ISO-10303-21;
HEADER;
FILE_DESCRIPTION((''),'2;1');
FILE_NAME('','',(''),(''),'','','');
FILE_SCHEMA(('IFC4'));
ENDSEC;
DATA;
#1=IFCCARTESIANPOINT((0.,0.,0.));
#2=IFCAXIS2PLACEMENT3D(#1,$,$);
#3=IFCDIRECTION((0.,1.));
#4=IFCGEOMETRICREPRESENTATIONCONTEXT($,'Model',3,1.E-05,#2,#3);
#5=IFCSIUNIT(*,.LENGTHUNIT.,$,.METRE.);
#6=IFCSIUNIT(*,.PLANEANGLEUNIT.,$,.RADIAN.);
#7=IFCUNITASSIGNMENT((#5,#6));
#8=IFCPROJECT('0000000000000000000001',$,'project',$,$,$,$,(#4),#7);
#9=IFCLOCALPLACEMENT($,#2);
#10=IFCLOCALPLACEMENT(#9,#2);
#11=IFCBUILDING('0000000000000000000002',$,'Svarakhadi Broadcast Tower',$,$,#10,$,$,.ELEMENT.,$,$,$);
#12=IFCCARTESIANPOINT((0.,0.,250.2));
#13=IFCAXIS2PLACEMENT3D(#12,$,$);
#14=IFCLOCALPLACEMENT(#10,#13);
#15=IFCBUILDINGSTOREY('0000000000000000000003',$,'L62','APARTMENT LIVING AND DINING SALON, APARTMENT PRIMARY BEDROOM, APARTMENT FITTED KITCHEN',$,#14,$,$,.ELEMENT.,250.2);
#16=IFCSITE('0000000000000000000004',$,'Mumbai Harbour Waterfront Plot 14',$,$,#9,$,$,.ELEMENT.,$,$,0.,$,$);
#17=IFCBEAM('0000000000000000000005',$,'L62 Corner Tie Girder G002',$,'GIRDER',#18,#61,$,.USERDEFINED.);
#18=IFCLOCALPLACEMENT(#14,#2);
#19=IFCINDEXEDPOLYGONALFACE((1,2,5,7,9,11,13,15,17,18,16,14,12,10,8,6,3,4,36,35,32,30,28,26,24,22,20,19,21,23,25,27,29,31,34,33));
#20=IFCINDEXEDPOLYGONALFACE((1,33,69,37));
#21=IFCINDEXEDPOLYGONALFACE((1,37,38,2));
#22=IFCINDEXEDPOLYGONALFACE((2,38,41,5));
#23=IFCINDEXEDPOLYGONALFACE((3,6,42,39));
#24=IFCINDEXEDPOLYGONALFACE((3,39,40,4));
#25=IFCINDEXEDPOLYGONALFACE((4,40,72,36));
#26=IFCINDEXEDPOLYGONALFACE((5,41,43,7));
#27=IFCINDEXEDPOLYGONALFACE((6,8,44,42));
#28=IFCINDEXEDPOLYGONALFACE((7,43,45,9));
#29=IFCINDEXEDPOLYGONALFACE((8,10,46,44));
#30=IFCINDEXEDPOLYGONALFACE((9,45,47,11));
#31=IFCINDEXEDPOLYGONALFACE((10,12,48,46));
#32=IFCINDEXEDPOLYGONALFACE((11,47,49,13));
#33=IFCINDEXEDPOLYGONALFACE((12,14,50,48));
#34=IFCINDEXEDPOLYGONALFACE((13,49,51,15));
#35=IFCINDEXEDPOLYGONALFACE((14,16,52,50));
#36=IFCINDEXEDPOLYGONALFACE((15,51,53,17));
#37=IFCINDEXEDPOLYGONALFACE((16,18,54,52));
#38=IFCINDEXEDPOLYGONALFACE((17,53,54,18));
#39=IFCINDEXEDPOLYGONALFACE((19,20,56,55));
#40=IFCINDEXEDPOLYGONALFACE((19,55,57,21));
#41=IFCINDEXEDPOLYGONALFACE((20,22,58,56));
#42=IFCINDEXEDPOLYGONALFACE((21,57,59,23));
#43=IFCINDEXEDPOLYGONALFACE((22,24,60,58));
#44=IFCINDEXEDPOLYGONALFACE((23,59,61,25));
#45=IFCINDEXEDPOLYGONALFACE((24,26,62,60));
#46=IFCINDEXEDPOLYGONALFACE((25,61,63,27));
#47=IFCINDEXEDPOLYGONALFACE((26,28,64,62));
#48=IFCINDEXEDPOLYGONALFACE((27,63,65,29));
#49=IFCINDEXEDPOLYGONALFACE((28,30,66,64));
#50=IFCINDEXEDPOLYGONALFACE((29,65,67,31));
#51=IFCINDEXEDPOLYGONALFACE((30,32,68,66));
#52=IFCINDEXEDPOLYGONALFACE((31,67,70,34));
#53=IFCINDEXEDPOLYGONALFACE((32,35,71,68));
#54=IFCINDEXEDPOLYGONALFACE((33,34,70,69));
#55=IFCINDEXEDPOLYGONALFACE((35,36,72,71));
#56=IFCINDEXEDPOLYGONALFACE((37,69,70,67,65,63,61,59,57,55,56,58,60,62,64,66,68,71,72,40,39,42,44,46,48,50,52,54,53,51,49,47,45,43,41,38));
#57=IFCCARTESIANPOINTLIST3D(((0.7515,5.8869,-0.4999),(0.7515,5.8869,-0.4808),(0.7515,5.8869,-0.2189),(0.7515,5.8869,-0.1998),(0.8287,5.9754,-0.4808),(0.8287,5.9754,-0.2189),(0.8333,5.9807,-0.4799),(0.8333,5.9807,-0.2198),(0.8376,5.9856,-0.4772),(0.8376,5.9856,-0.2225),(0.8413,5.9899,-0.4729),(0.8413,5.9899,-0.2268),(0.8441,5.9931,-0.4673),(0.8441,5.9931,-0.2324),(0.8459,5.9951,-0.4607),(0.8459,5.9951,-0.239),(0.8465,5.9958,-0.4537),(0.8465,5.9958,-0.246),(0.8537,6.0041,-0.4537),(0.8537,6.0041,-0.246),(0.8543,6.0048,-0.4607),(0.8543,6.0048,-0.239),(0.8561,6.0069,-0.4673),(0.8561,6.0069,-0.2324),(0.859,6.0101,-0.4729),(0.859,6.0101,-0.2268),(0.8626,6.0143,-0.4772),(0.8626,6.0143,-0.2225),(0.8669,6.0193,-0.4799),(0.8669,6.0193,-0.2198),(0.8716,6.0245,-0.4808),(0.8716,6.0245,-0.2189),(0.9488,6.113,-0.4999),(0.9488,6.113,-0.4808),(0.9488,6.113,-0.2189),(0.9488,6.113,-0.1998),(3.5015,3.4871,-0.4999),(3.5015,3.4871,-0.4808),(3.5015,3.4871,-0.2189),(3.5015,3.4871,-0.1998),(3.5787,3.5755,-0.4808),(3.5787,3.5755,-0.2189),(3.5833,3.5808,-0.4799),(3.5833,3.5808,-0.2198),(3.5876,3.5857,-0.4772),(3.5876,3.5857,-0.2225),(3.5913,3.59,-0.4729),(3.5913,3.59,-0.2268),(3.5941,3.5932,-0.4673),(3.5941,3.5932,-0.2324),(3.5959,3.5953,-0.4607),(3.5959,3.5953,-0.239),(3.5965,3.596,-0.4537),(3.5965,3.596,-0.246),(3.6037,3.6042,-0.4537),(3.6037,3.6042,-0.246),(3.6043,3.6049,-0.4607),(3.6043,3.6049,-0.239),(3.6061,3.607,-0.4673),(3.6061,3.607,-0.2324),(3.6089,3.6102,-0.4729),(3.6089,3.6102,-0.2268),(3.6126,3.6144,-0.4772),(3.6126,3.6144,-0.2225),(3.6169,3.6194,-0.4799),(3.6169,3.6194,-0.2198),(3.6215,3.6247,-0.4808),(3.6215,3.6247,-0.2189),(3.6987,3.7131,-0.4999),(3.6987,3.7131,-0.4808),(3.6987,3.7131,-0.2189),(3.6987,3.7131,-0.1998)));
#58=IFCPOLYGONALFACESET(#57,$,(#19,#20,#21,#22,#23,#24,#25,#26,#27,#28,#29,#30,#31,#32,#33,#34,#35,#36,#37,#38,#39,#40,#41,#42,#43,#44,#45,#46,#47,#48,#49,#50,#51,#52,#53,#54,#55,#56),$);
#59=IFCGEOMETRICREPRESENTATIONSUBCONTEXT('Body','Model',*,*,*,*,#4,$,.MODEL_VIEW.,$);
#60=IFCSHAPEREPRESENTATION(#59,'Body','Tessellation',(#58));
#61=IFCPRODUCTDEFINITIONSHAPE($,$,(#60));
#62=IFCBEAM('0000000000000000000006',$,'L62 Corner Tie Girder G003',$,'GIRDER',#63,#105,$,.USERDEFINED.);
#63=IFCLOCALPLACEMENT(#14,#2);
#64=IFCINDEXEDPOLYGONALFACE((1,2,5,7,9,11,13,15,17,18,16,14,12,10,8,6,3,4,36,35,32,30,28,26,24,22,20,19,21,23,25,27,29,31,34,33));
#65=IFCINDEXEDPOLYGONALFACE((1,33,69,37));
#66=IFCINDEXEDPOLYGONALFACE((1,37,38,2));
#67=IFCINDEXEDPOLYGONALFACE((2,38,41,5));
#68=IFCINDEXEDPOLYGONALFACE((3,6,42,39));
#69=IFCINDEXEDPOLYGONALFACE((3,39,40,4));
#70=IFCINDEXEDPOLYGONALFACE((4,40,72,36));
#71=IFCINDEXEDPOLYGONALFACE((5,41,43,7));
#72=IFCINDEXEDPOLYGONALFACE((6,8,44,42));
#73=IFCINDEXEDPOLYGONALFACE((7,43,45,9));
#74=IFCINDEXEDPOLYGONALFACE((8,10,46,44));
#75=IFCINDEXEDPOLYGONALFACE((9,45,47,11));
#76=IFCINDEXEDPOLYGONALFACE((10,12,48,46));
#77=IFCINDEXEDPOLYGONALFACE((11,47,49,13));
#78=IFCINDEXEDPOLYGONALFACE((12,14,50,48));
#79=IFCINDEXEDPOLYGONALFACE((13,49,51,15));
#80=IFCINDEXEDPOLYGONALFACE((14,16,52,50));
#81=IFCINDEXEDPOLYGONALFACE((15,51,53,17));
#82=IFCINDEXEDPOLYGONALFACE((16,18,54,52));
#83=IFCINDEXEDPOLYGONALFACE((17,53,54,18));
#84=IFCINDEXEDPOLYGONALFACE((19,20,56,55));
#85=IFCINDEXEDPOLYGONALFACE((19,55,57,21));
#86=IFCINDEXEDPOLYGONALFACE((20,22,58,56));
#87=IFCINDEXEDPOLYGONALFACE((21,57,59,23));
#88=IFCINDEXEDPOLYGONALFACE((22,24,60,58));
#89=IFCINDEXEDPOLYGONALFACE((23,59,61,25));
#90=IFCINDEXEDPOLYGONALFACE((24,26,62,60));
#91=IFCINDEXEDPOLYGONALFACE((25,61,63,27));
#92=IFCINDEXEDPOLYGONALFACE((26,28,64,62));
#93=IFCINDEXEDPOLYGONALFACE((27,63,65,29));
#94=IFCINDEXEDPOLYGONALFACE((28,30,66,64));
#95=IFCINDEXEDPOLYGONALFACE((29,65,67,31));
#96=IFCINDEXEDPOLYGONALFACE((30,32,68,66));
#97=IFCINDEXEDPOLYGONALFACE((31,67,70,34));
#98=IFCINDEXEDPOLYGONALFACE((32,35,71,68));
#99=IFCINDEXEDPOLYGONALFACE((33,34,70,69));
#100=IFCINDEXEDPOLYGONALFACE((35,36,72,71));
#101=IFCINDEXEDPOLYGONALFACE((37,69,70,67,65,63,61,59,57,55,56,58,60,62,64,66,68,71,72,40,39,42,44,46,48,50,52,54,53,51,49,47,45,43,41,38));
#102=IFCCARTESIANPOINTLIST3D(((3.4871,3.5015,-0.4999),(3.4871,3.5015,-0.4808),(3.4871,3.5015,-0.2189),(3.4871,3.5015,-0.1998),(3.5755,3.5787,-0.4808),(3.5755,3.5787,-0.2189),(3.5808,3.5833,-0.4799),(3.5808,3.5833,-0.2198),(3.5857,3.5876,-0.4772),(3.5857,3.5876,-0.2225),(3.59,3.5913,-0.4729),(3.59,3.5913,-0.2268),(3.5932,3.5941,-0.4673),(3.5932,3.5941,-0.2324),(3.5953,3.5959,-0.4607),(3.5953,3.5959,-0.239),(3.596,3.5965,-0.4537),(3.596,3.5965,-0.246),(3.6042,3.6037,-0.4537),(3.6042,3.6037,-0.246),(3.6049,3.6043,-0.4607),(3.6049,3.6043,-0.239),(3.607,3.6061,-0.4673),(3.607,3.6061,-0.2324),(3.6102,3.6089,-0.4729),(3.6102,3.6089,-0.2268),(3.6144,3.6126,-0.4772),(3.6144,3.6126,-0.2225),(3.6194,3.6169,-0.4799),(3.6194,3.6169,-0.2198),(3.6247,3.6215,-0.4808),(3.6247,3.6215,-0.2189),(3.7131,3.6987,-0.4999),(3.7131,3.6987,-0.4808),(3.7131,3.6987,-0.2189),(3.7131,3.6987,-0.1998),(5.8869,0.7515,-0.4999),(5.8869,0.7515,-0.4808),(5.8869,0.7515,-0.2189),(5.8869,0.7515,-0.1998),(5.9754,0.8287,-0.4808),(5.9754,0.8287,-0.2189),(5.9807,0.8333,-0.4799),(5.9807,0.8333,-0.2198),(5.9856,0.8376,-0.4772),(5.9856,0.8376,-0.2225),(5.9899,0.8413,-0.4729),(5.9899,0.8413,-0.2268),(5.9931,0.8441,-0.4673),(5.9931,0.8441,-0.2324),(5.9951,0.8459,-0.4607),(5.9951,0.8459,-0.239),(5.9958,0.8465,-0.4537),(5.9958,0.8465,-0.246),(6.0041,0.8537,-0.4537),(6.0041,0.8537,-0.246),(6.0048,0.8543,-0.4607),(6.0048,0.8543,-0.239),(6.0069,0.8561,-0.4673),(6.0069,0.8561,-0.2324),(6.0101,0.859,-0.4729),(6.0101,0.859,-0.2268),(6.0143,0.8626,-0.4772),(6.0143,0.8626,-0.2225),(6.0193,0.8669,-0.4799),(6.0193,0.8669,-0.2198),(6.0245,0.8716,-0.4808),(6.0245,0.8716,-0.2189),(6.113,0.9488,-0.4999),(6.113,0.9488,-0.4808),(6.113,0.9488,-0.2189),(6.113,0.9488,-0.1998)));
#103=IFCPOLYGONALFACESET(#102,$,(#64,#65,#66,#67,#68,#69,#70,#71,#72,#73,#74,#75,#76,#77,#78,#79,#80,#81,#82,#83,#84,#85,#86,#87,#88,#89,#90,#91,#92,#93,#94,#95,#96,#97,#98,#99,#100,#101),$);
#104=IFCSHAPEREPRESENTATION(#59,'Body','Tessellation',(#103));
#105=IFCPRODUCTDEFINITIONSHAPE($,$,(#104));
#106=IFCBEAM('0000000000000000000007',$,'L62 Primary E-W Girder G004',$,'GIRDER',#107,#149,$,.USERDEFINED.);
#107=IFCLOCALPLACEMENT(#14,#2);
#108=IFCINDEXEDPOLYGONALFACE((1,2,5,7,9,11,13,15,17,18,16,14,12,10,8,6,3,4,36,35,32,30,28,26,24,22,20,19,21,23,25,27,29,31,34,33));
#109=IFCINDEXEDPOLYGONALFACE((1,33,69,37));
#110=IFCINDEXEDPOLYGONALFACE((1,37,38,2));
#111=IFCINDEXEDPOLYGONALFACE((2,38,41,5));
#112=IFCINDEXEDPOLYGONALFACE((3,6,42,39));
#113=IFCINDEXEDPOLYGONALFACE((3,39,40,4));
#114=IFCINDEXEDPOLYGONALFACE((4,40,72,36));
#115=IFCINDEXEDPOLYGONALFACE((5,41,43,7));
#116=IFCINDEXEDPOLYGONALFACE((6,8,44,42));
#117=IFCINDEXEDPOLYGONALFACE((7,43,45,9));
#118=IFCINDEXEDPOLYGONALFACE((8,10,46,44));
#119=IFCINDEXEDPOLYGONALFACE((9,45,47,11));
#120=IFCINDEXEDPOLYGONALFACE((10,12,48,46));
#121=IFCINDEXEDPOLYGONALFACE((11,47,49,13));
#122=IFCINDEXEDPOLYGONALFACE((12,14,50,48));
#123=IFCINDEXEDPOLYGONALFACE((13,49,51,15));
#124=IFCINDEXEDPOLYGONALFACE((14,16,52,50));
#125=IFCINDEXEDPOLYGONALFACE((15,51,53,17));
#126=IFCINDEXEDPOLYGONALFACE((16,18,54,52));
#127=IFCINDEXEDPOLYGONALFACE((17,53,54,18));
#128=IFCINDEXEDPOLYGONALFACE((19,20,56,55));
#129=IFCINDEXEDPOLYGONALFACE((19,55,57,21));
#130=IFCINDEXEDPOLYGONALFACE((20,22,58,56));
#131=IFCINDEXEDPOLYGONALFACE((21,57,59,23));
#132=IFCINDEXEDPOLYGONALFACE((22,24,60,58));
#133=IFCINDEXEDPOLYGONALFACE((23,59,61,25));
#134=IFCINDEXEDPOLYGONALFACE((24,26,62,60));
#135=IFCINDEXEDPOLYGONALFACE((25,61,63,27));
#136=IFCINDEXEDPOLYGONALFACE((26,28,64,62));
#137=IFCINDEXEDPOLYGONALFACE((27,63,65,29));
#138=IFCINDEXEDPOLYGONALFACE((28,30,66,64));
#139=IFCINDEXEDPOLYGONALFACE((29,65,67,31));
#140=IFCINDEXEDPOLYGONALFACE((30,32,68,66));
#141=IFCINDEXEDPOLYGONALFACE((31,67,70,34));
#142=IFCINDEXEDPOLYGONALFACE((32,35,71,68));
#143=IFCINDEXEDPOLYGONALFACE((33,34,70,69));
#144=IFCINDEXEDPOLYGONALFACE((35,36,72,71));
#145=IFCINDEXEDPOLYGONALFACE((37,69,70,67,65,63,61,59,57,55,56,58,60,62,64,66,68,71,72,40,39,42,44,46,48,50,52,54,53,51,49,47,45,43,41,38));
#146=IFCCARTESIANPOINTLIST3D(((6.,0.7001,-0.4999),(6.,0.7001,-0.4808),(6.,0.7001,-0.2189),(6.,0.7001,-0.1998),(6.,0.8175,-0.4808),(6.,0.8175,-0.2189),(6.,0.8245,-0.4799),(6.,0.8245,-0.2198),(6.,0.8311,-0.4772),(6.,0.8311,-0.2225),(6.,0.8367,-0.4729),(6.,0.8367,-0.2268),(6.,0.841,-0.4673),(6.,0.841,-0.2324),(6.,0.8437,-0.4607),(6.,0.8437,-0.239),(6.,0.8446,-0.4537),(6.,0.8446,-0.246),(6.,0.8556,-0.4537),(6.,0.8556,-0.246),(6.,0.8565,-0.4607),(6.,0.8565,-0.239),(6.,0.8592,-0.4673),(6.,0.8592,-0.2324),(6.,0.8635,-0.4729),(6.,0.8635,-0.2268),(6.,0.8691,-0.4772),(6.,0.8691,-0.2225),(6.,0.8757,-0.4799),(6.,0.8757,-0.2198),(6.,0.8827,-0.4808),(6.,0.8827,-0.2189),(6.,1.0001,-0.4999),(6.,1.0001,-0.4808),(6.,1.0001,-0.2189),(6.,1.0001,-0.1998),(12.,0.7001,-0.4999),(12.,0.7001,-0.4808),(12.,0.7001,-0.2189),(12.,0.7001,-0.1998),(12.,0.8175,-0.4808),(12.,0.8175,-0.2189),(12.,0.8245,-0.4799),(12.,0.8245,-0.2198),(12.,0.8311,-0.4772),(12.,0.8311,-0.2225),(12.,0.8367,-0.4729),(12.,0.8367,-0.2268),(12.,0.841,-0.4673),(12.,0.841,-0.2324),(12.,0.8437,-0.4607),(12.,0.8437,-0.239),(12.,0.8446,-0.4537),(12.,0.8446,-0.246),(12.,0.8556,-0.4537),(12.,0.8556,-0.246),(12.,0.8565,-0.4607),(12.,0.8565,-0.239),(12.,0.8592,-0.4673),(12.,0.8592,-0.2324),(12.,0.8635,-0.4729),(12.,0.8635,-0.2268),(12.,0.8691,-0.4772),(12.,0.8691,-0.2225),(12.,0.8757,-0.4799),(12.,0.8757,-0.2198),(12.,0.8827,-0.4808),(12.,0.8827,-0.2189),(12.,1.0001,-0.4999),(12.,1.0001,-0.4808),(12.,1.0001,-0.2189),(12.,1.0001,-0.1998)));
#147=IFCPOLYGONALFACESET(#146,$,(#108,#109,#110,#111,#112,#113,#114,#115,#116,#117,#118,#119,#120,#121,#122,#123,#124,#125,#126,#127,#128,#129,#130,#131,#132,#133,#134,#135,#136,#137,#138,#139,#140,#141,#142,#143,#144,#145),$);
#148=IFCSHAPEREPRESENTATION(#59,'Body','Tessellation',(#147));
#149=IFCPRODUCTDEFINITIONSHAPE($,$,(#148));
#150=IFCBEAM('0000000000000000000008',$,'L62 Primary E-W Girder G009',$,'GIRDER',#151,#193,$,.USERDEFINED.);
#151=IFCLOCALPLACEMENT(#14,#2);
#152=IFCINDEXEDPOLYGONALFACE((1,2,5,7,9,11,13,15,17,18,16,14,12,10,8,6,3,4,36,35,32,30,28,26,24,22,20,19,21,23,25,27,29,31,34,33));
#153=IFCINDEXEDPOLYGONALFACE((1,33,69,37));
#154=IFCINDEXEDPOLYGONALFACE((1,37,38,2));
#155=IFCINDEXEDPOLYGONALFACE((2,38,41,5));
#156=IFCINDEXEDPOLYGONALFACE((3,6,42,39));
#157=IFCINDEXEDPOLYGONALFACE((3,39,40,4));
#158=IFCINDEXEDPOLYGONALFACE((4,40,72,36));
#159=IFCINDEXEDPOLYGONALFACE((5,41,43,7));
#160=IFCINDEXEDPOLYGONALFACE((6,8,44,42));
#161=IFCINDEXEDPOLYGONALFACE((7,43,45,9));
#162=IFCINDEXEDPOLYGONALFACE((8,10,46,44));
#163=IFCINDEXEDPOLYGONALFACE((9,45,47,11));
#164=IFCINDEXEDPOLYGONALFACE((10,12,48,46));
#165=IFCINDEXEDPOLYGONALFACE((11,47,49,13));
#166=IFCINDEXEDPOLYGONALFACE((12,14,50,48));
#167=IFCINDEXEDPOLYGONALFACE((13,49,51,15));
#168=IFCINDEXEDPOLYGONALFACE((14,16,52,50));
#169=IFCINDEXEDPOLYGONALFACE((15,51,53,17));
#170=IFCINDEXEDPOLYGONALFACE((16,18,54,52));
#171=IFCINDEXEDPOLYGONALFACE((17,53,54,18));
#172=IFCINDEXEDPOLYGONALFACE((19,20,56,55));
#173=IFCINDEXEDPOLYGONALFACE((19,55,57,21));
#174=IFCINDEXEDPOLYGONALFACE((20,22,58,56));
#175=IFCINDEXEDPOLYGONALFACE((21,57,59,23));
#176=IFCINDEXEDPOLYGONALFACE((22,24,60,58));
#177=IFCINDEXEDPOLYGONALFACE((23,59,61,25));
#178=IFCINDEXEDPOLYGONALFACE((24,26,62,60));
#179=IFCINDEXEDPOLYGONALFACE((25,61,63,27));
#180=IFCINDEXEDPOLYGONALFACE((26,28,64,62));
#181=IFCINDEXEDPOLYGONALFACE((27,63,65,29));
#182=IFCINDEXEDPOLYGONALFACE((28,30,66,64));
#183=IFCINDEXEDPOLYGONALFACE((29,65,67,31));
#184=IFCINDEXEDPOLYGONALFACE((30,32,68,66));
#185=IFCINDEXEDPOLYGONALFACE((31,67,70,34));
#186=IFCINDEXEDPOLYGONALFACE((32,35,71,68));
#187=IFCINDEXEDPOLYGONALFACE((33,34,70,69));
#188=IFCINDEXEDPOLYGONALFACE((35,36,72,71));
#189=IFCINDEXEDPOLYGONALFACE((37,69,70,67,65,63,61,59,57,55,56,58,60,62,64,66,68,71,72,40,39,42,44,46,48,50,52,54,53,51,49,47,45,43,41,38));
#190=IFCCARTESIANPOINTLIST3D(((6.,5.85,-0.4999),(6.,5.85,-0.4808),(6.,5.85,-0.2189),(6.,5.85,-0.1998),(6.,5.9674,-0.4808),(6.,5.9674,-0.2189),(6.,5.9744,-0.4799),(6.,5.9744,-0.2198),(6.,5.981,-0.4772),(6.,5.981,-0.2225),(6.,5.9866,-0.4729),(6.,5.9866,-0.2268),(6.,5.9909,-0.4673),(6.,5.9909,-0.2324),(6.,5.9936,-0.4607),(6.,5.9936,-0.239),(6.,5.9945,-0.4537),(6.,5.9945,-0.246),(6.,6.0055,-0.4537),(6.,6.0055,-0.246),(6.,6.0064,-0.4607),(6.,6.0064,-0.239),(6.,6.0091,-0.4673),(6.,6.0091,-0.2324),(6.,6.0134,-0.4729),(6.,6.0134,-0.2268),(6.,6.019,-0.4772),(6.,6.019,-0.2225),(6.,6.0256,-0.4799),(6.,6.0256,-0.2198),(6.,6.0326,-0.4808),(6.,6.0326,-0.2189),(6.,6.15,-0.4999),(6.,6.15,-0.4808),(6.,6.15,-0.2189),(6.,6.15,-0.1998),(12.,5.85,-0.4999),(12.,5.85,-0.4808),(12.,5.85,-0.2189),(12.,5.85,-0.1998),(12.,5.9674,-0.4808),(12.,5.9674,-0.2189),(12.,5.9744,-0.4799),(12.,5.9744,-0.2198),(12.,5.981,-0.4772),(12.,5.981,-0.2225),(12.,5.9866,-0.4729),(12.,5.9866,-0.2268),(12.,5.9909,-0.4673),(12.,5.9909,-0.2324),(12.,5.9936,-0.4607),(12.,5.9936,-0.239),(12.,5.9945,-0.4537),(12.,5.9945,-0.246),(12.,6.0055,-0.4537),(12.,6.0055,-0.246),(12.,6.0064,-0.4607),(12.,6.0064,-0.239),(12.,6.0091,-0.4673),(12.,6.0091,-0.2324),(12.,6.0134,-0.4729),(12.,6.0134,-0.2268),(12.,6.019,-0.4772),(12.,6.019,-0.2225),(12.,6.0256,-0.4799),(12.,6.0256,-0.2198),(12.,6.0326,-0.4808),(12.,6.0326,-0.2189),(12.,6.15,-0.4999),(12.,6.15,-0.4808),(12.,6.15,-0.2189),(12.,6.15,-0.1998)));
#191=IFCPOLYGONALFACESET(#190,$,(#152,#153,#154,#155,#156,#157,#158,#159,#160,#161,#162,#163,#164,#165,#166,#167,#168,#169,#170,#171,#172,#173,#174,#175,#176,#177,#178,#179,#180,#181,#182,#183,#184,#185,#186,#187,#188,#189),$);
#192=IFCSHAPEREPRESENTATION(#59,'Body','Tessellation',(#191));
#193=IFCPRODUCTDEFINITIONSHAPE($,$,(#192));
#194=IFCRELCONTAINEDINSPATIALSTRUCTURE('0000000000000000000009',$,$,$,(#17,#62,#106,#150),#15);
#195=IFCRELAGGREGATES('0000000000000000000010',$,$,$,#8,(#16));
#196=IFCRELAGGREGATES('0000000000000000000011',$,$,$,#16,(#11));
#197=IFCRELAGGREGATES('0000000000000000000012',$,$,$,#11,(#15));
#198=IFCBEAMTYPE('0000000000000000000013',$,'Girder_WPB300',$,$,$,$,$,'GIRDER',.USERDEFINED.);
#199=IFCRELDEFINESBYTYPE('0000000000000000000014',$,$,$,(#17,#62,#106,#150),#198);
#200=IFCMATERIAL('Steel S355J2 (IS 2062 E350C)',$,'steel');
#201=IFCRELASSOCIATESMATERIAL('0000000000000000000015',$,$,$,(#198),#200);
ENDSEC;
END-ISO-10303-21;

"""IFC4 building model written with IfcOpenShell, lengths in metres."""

from ifc_helpers import new_model, si_unit, direction, frame, origin, origin_2d, place, context, subcontext, project, spatial, i_section, extrude, material, material_profile, profile_set, type_object, element, save


model = new_model("IFC4")

# Units and contexts
model_context = context("Model", 3, precision=1e-05, world=origin(), true_north=direction((0.0, 1.0)))
body_context = subcontext(model_context, "Body", "Model", "MODEL_VIEW")
ifc_project = project(units=[si_unit("LENGTHUNIT", "METRE"), si_unit("PLANEANGLEUNIT", "RADIAN")], contexts=[model_context])

# Site, building, storey
site_placement = place(None, origin())
site = spatial("IfcSite", under=ifc_project, at=site_placement, Name="Mumbai Harbour Waterfront Plot 14", CompositionType="ELEMENT", RefElevation=0.0)
building_placement = place(site_placement, origin())
building = spatial("IfcBuilding", under=site, at=building_placement, Name="Svarakhadi Broadcast Tower", CompositionType="ELEMENT")
storey_placement = place(building_placement, frame((0.0, 0.0, 250.2)))
storey = spatial("IfcBuildingStorey", under=building, at=storey_placement, Name="L62", Description="APARTMENT LIVING AND DINING SALON, APARTMENT PRIMARY BEDROOM, APARTMENT FITTED KITCHEN", CompositionType="ELEMENT", Elevation=250.2)

# Shared definitions
ifc_material_1 = material(Name="Steel S355J2 (IS 2062 E350C)", Category="steel")

# Beams
ifc_material_profile_1 = material_profile(ifc_material_1, i_section(OverallWidth=0.3, OverallDepth=0.3, WebThickness=0.011, FlangeThickness=0.019, FilletRadius=0.0271, at=origin_2d()), Name="WPB 300x300x117")
ifc_profile_set_1 = profile_set([ifc_material_profile_1], Name="Steel S355J2 (IS 2062 E350C)")
beam_type_1 = type_object("IfcBeamType", Name="Girder_WPB300", ElementType="GIRDER", PredefinedType="USERDEFINED", material=ifc_profile_set_1)
for number, where, z_axis, x_axis, name in (
    (1, (3.6001, 3.6001, -0.3499), (-0.753438, 0.657519, 0.0), (-0.657519, -0.753438, 0.0), "L62 Corner Tie Girder G002"),
    (2, (3.6001, 3.6001, -0.3499), (0.657519, -0.753438, 0.0), (0.753438, 0.657519, 0.0), "L62 Corner Tie Girder G003"),
):
    element("IfcBeam", number, at=place(storey_placement, frame(where, z_axis=z_axis, x_axis=x_axis)), inside=storey, type_object=beam_type_1, Name=name, ObjectType="GIRDER", PredefinedType="USERDEFINED", context=body_context, shape_type="SweptSolid", body=[
        extrude(i_section(OverallWidth=0.3, OverallDepth=0.3, WebThickness=0.011, FlangeThickness=0.019, FilletRadius=0.0271, at=origin_2d()), origin(), (0.0, 0.0, 1.0), 3.6499),
    ])
for number, where, z_axis, x_axis, name in (
    (3, (6.0, 0.8501, -0.3499), (1.0, 0.0, 0.0), (0.0, 1.0, 0.0), "L62 Primary E-W Girder G004"),
    (4, (6.0, 6.0, -0.3499), (1.0, 0.0, 0.0), (0.0, 1.0, 0.0), "L62 Primary E-W Girder G009"),
):
    element("IfcBeam", number, at=place(storey_placement, frame(where, z_axis=z_axis, x_axis=x_axis)), inside=storey, type_object=beam_type_1, Name=name, ObjectType="GIRDER", PredefinedType="USERDEFINED", context=body_context, shape_type="SweptSolid", body=[
        extrude(i_section(OverallWidth=0.3, OverallDepth=0.3, WebThickness=0.011, FlangeThickness=0.019, FilletRadius=0.0271, at=origin_2d()), origin(), (0.0, 0.0, 1.0), 6.0),
    ])

save(model, "model.ifc")
